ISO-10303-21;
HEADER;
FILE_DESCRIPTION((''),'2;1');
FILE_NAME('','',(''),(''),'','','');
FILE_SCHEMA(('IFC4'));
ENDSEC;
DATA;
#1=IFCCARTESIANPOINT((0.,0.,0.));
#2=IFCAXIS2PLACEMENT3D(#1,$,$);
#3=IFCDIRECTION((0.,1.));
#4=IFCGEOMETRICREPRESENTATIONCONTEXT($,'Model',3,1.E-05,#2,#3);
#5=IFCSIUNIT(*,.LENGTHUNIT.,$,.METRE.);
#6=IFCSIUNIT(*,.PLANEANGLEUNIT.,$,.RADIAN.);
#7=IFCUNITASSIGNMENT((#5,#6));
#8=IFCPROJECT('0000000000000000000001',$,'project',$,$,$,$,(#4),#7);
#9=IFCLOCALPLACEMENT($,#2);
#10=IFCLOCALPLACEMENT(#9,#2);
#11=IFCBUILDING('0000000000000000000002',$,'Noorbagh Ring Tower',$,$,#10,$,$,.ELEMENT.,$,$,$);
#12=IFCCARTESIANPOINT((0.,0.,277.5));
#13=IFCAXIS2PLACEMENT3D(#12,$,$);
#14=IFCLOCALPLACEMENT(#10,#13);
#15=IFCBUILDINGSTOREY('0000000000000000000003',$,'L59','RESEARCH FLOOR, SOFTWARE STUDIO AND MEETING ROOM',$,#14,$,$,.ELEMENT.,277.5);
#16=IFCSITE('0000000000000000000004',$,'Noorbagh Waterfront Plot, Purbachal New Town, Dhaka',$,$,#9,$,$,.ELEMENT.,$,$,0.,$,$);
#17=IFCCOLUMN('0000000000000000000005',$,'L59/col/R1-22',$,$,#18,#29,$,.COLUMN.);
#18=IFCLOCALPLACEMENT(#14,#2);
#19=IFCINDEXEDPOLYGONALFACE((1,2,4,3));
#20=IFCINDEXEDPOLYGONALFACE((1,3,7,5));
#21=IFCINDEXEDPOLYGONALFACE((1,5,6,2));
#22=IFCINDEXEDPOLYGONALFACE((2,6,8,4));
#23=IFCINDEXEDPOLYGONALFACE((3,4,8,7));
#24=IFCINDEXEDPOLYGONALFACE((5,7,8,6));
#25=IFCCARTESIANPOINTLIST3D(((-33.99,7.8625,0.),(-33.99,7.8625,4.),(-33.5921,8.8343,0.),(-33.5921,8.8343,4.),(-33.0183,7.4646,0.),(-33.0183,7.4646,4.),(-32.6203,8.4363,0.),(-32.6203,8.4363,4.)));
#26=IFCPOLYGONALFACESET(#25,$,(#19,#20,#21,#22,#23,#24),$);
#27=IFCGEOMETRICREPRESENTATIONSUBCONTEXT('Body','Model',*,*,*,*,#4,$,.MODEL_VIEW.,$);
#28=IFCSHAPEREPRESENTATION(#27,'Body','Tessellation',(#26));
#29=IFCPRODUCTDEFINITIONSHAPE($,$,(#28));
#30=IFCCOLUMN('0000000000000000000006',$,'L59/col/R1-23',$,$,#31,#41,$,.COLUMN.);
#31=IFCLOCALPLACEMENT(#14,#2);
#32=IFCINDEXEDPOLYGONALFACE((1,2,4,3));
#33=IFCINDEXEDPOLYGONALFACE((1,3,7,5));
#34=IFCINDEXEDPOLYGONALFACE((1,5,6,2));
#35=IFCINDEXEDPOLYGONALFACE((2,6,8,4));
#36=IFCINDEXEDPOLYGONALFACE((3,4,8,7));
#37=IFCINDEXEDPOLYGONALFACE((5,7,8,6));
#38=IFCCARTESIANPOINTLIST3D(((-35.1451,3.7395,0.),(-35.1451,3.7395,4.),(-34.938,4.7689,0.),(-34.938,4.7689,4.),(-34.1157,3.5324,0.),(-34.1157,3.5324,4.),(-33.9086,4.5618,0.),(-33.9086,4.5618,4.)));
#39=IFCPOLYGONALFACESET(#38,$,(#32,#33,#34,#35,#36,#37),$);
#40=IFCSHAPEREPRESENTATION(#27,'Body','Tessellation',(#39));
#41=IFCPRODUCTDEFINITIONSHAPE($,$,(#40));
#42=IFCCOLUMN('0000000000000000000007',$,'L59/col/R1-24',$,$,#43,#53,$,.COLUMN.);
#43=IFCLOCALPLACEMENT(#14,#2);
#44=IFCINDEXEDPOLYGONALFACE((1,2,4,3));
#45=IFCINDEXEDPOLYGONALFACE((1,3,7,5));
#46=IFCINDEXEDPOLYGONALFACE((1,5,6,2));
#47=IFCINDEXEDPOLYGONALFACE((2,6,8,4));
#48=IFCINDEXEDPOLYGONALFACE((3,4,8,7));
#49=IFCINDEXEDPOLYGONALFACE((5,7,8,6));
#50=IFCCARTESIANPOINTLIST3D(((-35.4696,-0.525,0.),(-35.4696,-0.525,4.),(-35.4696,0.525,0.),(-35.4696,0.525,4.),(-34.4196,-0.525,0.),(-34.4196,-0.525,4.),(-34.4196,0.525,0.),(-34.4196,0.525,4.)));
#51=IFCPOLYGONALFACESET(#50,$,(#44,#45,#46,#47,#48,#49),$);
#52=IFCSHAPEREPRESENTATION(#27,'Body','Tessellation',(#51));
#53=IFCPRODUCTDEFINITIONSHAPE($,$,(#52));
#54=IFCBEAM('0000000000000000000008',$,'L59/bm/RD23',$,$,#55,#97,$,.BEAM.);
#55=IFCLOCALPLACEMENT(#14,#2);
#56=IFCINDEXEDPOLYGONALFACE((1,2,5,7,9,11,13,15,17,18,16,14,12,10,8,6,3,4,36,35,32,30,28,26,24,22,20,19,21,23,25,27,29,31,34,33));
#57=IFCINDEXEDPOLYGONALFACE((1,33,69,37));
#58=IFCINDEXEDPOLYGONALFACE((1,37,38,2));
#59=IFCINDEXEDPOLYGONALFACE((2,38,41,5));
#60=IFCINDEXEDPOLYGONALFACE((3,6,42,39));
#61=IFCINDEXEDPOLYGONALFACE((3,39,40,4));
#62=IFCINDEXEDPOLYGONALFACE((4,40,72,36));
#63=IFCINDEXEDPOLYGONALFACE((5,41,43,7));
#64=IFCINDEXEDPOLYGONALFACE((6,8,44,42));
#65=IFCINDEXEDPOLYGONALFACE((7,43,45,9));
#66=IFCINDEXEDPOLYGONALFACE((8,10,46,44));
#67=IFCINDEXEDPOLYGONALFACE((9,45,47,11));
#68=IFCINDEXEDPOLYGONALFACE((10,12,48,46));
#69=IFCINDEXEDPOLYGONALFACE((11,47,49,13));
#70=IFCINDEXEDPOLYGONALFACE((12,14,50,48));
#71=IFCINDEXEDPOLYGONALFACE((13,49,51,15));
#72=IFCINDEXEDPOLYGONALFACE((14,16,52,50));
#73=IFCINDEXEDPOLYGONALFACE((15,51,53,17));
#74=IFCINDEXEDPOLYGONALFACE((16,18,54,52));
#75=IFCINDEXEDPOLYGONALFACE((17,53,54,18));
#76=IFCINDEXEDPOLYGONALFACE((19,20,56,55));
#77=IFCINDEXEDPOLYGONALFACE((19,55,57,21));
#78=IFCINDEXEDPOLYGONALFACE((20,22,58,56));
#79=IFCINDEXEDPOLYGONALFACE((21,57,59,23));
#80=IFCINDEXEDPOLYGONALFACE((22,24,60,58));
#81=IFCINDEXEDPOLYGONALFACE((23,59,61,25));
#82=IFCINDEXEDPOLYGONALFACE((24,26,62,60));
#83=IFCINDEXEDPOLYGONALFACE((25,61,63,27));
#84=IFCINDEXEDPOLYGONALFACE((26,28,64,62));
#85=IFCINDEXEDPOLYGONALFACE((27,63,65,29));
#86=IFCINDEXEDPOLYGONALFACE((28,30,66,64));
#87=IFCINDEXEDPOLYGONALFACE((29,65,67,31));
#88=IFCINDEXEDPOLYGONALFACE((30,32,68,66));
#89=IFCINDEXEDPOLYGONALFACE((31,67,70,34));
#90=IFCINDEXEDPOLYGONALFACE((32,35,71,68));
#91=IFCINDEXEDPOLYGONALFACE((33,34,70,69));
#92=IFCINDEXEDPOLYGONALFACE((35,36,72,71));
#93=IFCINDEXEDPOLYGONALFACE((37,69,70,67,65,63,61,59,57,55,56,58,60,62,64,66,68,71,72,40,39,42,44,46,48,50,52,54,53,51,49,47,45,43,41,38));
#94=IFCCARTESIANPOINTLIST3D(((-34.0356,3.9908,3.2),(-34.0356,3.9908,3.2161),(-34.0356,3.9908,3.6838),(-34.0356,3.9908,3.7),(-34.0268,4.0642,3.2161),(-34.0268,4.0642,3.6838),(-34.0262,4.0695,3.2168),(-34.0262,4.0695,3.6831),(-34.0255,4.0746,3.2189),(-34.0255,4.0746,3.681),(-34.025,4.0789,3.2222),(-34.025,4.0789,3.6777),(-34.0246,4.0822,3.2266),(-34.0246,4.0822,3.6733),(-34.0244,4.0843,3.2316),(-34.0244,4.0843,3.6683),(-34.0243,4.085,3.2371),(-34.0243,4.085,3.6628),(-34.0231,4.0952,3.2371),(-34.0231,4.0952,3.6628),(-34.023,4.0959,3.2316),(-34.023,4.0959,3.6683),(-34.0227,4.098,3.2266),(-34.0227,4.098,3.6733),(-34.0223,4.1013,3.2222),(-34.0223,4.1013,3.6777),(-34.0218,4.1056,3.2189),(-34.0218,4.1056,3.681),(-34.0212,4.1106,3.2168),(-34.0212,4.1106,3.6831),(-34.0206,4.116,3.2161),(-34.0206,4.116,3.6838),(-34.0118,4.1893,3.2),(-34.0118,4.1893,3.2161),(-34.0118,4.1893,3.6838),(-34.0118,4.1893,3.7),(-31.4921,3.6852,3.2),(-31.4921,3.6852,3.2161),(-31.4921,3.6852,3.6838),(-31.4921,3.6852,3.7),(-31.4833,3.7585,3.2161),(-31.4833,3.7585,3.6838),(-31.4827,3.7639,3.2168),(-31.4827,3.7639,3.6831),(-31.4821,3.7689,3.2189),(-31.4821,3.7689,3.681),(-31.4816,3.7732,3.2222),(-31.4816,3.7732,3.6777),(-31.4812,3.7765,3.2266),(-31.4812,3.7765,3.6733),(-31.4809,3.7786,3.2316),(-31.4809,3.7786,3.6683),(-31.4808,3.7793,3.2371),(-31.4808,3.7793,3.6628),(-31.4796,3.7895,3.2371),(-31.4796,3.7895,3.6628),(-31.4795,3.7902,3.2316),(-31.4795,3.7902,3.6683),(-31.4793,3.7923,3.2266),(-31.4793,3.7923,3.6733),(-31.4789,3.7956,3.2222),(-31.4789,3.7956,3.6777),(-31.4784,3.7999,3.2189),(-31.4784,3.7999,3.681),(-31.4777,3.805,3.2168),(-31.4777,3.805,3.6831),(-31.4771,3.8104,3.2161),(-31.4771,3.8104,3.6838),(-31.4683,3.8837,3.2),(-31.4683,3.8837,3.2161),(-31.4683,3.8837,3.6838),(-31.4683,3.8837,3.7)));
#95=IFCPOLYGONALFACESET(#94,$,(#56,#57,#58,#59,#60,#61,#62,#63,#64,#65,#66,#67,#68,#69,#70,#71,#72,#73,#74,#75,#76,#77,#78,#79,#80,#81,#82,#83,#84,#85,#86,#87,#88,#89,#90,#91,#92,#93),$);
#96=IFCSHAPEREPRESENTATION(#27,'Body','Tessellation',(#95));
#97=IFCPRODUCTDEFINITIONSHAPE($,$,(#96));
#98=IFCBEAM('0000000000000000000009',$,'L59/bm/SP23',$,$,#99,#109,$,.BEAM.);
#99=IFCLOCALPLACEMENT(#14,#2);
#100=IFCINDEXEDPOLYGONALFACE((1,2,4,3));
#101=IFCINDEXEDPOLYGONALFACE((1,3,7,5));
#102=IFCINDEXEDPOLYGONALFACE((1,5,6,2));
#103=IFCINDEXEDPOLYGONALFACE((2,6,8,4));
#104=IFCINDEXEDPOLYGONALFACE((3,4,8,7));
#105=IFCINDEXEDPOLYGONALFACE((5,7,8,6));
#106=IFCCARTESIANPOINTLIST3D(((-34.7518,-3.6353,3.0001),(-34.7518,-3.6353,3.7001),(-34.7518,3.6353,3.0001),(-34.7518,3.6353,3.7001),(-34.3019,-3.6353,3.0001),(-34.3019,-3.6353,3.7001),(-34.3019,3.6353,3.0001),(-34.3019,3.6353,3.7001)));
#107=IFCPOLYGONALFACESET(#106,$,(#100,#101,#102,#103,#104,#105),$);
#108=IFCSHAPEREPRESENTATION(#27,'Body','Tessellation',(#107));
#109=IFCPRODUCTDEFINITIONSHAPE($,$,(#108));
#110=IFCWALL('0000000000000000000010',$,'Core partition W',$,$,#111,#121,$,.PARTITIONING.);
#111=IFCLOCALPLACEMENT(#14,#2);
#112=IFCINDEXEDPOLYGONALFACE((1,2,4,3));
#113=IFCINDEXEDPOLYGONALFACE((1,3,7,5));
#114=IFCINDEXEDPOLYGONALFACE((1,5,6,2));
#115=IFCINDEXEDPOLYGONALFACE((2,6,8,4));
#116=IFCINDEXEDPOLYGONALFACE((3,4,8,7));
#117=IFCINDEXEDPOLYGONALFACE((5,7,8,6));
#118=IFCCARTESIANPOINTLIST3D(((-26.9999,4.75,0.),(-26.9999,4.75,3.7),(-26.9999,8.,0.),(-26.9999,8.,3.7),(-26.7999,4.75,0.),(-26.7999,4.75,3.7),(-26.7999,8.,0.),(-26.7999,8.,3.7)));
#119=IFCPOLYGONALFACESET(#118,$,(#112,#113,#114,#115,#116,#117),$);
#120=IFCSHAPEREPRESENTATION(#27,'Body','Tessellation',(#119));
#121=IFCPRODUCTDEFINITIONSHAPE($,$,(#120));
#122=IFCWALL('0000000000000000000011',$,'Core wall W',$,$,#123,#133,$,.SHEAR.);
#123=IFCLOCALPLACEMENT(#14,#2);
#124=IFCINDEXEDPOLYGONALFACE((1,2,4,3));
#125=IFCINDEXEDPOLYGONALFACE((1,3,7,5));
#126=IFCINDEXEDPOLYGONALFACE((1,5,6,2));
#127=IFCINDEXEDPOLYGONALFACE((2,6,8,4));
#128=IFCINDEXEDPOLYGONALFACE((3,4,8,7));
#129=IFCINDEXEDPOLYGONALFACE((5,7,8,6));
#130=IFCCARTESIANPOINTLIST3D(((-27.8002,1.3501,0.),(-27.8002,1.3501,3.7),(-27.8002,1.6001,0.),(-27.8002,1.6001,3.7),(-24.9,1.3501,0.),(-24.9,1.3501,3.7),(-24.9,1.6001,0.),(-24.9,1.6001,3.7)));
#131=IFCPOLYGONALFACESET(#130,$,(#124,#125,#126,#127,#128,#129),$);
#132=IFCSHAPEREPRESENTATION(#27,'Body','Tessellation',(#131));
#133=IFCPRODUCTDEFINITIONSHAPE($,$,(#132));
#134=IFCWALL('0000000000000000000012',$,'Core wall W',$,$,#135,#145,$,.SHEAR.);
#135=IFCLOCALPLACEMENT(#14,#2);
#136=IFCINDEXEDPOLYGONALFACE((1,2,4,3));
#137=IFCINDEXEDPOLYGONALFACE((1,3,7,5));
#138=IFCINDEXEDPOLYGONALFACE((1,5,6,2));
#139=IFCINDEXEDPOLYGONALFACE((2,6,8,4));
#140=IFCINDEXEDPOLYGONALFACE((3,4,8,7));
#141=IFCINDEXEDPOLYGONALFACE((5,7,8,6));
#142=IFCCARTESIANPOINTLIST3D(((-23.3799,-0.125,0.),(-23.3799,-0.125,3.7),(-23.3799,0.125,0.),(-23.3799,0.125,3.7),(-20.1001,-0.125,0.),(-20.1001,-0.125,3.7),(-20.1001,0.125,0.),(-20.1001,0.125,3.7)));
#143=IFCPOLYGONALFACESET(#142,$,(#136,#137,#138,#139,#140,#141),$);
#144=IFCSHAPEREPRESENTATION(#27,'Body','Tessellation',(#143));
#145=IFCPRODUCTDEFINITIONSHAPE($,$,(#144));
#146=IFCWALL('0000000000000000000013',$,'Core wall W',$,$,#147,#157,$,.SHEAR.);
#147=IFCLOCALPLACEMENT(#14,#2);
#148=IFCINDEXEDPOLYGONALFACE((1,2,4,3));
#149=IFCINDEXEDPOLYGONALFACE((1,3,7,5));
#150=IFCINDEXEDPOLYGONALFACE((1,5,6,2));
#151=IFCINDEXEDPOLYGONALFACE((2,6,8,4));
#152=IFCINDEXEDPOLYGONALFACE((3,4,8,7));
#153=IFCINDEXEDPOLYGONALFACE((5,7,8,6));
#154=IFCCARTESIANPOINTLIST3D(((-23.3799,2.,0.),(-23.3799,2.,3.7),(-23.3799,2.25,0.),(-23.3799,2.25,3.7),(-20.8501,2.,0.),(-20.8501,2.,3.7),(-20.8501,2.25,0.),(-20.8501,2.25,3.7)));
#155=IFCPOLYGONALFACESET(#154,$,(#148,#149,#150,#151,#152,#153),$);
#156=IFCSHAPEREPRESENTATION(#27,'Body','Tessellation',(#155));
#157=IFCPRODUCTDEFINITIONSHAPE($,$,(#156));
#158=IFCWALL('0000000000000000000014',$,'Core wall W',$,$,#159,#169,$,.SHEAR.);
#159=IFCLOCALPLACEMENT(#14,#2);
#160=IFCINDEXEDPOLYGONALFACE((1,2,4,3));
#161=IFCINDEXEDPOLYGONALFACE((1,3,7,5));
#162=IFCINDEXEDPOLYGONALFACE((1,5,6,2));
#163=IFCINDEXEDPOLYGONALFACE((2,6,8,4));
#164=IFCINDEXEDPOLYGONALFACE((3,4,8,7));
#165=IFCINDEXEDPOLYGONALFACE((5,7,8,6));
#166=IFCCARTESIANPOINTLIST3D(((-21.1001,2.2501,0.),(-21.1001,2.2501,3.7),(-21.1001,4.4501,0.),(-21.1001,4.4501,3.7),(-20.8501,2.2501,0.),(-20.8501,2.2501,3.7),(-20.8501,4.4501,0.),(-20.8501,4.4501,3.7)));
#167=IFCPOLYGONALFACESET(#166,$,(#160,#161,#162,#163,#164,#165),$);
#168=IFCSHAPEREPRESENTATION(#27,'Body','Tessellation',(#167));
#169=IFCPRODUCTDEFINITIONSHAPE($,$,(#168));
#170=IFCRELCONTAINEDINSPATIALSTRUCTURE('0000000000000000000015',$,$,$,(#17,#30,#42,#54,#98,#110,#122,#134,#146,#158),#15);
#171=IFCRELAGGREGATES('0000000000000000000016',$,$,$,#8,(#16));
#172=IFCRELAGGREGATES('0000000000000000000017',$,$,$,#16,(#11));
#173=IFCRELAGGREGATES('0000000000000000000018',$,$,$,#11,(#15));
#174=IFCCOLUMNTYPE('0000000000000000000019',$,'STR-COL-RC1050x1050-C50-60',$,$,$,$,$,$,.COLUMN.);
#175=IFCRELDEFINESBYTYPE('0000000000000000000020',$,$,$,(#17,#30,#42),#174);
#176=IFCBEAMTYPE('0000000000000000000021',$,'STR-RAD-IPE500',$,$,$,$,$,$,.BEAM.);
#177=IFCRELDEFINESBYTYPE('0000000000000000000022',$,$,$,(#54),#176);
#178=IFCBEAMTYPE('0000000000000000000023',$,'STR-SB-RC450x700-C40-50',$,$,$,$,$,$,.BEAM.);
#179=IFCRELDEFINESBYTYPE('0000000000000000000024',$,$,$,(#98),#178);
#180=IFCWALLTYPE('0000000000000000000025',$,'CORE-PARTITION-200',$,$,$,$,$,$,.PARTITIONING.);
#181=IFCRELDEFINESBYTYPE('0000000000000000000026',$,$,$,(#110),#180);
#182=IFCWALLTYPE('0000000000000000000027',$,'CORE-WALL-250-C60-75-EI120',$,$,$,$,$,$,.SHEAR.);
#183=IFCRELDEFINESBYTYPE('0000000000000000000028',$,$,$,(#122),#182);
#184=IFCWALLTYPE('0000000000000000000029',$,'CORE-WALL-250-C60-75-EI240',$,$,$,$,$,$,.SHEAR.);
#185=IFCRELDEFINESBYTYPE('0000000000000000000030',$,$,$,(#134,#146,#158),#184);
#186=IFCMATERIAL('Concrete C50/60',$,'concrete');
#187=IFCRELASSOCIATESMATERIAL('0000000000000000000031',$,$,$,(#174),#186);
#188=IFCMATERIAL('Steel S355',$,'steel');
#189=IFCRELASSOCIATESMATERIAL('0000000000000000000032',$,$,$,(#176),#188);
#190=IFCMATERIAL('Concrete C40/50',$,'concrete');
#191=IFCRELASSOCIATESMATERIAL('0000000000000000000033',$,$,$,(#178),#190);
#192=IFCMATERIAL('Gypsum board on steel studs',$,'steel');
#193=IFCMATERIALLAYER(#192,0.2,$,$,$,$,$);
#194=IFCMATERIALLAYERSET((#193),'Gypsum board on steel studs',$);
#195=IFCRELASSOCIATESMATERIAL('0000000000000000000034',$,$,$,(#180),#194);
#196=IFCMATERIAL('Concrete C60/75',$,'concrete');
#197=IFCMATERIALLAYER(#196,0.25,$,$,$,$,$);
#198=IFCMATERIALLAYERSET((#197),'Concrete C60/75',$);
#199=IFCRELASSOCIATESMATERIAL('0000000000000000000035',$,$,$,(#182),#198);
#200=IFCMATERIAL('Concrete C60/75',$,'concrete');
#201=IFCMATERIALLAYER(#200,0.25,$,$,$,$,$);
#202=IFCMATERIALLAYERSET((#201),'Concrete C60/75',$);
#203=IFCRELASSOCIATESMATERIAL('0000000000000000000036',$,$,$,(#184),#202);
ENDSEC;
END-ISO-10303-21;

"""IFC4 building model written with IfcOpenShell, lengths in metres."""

from ifc_helpers import new_model, si_unit, direction, frame, frame_2d, origin, origin_2d, place, context, subcontext, project, spatial, rectangle, i_section, extrude, material, layer, layer_set, material_profile, profile_set, type_object, element, save


model = new_model("IFC4")

# Units and contexts
model_context = context("Model", 3, precision=1e-05, world=origin(), true_north=direction((0.0, 1.0)))
body_context = subcontext(model_context, "Body", "Model", "MODEL_VIEW")
ifc_project = project(units=[si_unit("LENGTHUNIT", "METRE"), si_unit("PLANEANGLEUNIT", "RADIAN")], contexts=[model_context])

# Site, building, storey
site_placement = place(None, origin())
site = spatial("IfcSite", under=ifc_project, at=site_placement, Name="Noorbagh Waterfront Plot, Purbachal New Town, Dhaka", CompositionType="ELEMENT", RefElevation=0.0)
building_placement = place(site_placement, origin())
building = spatial("IfcBuilding", under=site, at=building_placement, Name="Noorbagh Ring Tower", CompositionType="ELEMENT")
storey_placement = place(building_placement, frame((0.0, 0.0, 277.5)))
storey = spatial("IfcBuildingStorey", under=building, at=storey_placement, Name="L59", Description="RESEARCH FLOOR, SOFTWARE STUDIO AND MEETING ROOM", CompositionType="ELEMENT", Elevation=277.5)

# Columns
ifc_material_1 = material(Name="Concrete C50/60", Category="concrete")
ifc_material_profile_1 = material_profile(ifc_material_1, rectangle(XDim=1.05, YDim=1.05, at=origin_2d()), Name="RC1050x1050")
ifc_profile_set_1 = profile_set([ifc_material_profile_1], Name="Concrete C50/60")
column_type = type_object("IfcColumnType", Name="STR-COL-RC1050x1050-C50-60", PredefinedType="COLUMN", material=ifc_profile_set_1)
for number, where, z_axis, x_axis, name in (
    (1, (-33.3052, 8.1494, 0.0), (0.0, 0.0, 1.0), (-0.378989, -0.925401, 0.0), "L59/col/R1-22"),
    (2, (-34.5269, 4.1506, 0.0), (0.0, 0.0, 1.0), (-0.19723, -0.980357, 0.0), "L59/col/R1-23"),
    (3, (-34.9446, 0.0, 0.0), (0.0, 0.0, 1.0), (0.0, -1.0, 0.0), "L59/col/R1-24"),
):
    element("IfcColumn", number, at=place(storey_placement, frame(where, z_axis=z_axis, x_axis=x_axis)), inside=storey, type_object=column_type, Name=name, PredefinedType="COLUMN", context=body_context, shape_type="SweptSolid", body=[
        extrude(rectangle(XDim=1.05, YDim=1.05, at=origin_2d()), origin(), (0.0, 0.0, 1.0), 4.0),
    ])

# Beams
ifc_material_2 = material(Name="Steel S355", Category="steel")
ifc_material_profile_2 = material_profile(ifc_material_2, i_section(OverallWidth=0.2, OverallDepth=0.5, WebThickness=0.0103, FlangeThickness=0.0161, FilletRadius=0.021, at=origin_2d()), Name="IPE500")
ifc_profile_set_2 = profile_set([ifc_material_profile_2], Name="Steel S355")
beam_type_1 = type_object("IfcBeamType", Name="STR-RAD-IPE500", PredefinedType="BEAM", material=ifc_profile_set_2)
beam_1_placement = place(storey_placement, frame((-34.0237, 4.0901, 3.45), z_axis=(0.992856, -0.119318, 0.0), x_axis=(0.119318, 0.992856, 0.0)))
element("IfcBeam", 4, at=beam_1_placement, inside=storey, type_object=beam_type_1, Name="L59/bm/RD23", PredefinedType="BEAM", context=body_context, shape_type="SweptSolid", body=[
    extrude(i_section(OverallWidth=0.2, OverallDepth=0.5, WebThickness=0.0103, FlangeThickness=0.0161, FilletRadius=0.021, at=origin_2d()), origin(), (0.0, 0.0, 1.0), 2.5618),
])
ifc_material_3 = material(Name="Concrete C40/50", Category="concrete")
ifc_material_profile_3 = material_profile(ifc_material_3, rectangle(XDim=0.45, YDim=0.7, at=origin_2d()), Name="RC450x700")
ifc_profile_set_3 = profile_set([ifc_material_profile_3], Name="Concrete C40/50")
beam_type_2 = type_object("IfcBeamType", Name="STR-SB-RC450x700-C40-50", PredefinedType="BEAM", material=ifc_profile_set_3)
beam_2_placement = place(storey_placement, frame((-34.5269, 3.6353, 3.3501), z_axis=(0.0, -1.0, 0.0), x_axis=(1.0, 0.0, 0.0)))
element("IfcBeam", 5, at=beam_2_placement, inside=storey, type_object=beam_type_2, Name="L59/bm/SP23", PredefinedType="BEAM", context=body_context, shape_type="SweptSolid", body=[
    extrude(rectangle(XDim=0.45, YDim=0.7, at=origin_2d()), origin(), (0.0, 0.0, 1.0), 7.2705),
])

# Walls
ifc_material_4 = material(Name="Gypsum board on steel studs", Category="steel")
ifc_layer_1 = layer(ifc_material_4, 0.2)
ifc_layer_set_1 = layer_set([ifc_layer_1], Name="Gypsum board on steel studs")
wall_type_1 = type_object("IfcWallType", Name="CORE-PARTITION-200", PredefinedType="PARTITIONING", material=ifc_layer_set_1)
wall_1_placement = place(storey_placement, frame((-26.8999, 4.75, 0.0), z_axis=(0.0, 0.0, 1.0), x_axis=(0.0, 1.0, 0.0)))
element("IfcWall", 6, at=wall_1_placement, inside=storey, type_object=wall_type_1, Name="Core partition W", PredefinedType="PARTITIONING", context=body_context, shape_type="SweptSolid", body=[
    extrude(rectangle(XDim=3.25, YDim=0.2, at=frame_2d((1.625, 0.0))), origin(), (0.0, 0.0, 1.0), 3.7),
])
ifc_material_5 = material(Name="Concrete C60/75", Category="concrete")
ifc_layer_2 = layer(ifc_material_5, 0.25)
ifc_layer_set_2 = layer_set([ifc_layer_2], Name="Concrete C60/75")
wall_type_2 = type_object("IfcWallType", Name="CORE-WALL-250-C60-75-EI120", PredefinedType="SHEAR", material=ifc_layer_set_2)
wall_2_placement = place(storey_placement, frame((-24.8999, 1.4751, 0.0), z_axis=(0.0, 0.0, 1.0), x_axis=(-1.0, 0.0, 0.0)))
element("IfcWall", 7, at=wall_2_placement, inside=storey, type_object=wall_type_2, Name="Core wall W", PredefinedType="SHEAR", context=body_context, shape_type="SweptSolid", body=[
    extrude(rectangle(XDim=2.9001, YDim=0.25, at=frame_2d((1.4502, 0.0))), origin(), (0.0, 0.0, 1.0), 3.7),
])
ifc_material_6 = material(Name="Concrete C60/75", Category="concrete")
ifc_layer_3 = layer(ifc_material_6, 0.25)
ifc_layer_set_3 = layer_set([ifc_layer_3], Name="Concrete C60/75")
wall_type_3 = type_object("IfcWallType", Name="CORE-WALL-250-C60-75-EI240", PredefinedType="SHEAR", material=ifc_layer_set_3)
wall_3_placement = place(storey_placement, frame((-20.1001, 0.0, 0.0), z_axis=(0.0, 0.0, 1.0), x_axis=(-1.0, 0.0, 0.0)))
element("IfcWall", 8, at=wall_3_placement, inside=storey, type_object=wall_type_3, Name="Core wall W", PredefinedType="SHEAR", context=body_context, shape_type="SweptSolid", body=[
    extrude(rectangle(XDim=3.2798, YDim=0.25, at=frame_2d((1.6399, 0.0))), origin(), (0.0, 0.0, 1.0), 3.7),
])
wall_4_placement = place(storey_placement, frame((-20.8501, 2.125, 0.0), z_axis=(0.0, 0.0, 1.0), x_axis=(-1.0, 0.0, 0.0)))
element("IfcWall", 9, at=wall_4_placement, inside=storey, type_object=wall_type_3, Name="Core wall W", PredefinedType="SHEAR", context=body_context, shape_type="SweptSolid", body=[
    extrude(rectangle(XDim=2.5298, YDim=0.25, at=frame_2d((1.2649, 0.0))), origin(), (0.0, 0.0, 1.0), 3.7),
])
wall_5_placement = place(storey_placement, frame((-20.9751, 2.25, 0.0), z_axis=(0.0, 0.0, 1.0), x_axis=(0.0, 1.0, 0.0)))
element("IfcWall", 10, at=wall_5_placement, inside=storey, type_object=wall_type_3, Name="Core wall W", PredefinedType="SHEAR", context=body_context, shape_type="SweptSolid", body=[
    extrude(rectangle(XDim=2.2, YDim=0.25, at=frame_2d((1.1001, 0.0))), origin(), (0.0, 0.0, 1.0), 3.7),
])

save(model, "model.ifc")
